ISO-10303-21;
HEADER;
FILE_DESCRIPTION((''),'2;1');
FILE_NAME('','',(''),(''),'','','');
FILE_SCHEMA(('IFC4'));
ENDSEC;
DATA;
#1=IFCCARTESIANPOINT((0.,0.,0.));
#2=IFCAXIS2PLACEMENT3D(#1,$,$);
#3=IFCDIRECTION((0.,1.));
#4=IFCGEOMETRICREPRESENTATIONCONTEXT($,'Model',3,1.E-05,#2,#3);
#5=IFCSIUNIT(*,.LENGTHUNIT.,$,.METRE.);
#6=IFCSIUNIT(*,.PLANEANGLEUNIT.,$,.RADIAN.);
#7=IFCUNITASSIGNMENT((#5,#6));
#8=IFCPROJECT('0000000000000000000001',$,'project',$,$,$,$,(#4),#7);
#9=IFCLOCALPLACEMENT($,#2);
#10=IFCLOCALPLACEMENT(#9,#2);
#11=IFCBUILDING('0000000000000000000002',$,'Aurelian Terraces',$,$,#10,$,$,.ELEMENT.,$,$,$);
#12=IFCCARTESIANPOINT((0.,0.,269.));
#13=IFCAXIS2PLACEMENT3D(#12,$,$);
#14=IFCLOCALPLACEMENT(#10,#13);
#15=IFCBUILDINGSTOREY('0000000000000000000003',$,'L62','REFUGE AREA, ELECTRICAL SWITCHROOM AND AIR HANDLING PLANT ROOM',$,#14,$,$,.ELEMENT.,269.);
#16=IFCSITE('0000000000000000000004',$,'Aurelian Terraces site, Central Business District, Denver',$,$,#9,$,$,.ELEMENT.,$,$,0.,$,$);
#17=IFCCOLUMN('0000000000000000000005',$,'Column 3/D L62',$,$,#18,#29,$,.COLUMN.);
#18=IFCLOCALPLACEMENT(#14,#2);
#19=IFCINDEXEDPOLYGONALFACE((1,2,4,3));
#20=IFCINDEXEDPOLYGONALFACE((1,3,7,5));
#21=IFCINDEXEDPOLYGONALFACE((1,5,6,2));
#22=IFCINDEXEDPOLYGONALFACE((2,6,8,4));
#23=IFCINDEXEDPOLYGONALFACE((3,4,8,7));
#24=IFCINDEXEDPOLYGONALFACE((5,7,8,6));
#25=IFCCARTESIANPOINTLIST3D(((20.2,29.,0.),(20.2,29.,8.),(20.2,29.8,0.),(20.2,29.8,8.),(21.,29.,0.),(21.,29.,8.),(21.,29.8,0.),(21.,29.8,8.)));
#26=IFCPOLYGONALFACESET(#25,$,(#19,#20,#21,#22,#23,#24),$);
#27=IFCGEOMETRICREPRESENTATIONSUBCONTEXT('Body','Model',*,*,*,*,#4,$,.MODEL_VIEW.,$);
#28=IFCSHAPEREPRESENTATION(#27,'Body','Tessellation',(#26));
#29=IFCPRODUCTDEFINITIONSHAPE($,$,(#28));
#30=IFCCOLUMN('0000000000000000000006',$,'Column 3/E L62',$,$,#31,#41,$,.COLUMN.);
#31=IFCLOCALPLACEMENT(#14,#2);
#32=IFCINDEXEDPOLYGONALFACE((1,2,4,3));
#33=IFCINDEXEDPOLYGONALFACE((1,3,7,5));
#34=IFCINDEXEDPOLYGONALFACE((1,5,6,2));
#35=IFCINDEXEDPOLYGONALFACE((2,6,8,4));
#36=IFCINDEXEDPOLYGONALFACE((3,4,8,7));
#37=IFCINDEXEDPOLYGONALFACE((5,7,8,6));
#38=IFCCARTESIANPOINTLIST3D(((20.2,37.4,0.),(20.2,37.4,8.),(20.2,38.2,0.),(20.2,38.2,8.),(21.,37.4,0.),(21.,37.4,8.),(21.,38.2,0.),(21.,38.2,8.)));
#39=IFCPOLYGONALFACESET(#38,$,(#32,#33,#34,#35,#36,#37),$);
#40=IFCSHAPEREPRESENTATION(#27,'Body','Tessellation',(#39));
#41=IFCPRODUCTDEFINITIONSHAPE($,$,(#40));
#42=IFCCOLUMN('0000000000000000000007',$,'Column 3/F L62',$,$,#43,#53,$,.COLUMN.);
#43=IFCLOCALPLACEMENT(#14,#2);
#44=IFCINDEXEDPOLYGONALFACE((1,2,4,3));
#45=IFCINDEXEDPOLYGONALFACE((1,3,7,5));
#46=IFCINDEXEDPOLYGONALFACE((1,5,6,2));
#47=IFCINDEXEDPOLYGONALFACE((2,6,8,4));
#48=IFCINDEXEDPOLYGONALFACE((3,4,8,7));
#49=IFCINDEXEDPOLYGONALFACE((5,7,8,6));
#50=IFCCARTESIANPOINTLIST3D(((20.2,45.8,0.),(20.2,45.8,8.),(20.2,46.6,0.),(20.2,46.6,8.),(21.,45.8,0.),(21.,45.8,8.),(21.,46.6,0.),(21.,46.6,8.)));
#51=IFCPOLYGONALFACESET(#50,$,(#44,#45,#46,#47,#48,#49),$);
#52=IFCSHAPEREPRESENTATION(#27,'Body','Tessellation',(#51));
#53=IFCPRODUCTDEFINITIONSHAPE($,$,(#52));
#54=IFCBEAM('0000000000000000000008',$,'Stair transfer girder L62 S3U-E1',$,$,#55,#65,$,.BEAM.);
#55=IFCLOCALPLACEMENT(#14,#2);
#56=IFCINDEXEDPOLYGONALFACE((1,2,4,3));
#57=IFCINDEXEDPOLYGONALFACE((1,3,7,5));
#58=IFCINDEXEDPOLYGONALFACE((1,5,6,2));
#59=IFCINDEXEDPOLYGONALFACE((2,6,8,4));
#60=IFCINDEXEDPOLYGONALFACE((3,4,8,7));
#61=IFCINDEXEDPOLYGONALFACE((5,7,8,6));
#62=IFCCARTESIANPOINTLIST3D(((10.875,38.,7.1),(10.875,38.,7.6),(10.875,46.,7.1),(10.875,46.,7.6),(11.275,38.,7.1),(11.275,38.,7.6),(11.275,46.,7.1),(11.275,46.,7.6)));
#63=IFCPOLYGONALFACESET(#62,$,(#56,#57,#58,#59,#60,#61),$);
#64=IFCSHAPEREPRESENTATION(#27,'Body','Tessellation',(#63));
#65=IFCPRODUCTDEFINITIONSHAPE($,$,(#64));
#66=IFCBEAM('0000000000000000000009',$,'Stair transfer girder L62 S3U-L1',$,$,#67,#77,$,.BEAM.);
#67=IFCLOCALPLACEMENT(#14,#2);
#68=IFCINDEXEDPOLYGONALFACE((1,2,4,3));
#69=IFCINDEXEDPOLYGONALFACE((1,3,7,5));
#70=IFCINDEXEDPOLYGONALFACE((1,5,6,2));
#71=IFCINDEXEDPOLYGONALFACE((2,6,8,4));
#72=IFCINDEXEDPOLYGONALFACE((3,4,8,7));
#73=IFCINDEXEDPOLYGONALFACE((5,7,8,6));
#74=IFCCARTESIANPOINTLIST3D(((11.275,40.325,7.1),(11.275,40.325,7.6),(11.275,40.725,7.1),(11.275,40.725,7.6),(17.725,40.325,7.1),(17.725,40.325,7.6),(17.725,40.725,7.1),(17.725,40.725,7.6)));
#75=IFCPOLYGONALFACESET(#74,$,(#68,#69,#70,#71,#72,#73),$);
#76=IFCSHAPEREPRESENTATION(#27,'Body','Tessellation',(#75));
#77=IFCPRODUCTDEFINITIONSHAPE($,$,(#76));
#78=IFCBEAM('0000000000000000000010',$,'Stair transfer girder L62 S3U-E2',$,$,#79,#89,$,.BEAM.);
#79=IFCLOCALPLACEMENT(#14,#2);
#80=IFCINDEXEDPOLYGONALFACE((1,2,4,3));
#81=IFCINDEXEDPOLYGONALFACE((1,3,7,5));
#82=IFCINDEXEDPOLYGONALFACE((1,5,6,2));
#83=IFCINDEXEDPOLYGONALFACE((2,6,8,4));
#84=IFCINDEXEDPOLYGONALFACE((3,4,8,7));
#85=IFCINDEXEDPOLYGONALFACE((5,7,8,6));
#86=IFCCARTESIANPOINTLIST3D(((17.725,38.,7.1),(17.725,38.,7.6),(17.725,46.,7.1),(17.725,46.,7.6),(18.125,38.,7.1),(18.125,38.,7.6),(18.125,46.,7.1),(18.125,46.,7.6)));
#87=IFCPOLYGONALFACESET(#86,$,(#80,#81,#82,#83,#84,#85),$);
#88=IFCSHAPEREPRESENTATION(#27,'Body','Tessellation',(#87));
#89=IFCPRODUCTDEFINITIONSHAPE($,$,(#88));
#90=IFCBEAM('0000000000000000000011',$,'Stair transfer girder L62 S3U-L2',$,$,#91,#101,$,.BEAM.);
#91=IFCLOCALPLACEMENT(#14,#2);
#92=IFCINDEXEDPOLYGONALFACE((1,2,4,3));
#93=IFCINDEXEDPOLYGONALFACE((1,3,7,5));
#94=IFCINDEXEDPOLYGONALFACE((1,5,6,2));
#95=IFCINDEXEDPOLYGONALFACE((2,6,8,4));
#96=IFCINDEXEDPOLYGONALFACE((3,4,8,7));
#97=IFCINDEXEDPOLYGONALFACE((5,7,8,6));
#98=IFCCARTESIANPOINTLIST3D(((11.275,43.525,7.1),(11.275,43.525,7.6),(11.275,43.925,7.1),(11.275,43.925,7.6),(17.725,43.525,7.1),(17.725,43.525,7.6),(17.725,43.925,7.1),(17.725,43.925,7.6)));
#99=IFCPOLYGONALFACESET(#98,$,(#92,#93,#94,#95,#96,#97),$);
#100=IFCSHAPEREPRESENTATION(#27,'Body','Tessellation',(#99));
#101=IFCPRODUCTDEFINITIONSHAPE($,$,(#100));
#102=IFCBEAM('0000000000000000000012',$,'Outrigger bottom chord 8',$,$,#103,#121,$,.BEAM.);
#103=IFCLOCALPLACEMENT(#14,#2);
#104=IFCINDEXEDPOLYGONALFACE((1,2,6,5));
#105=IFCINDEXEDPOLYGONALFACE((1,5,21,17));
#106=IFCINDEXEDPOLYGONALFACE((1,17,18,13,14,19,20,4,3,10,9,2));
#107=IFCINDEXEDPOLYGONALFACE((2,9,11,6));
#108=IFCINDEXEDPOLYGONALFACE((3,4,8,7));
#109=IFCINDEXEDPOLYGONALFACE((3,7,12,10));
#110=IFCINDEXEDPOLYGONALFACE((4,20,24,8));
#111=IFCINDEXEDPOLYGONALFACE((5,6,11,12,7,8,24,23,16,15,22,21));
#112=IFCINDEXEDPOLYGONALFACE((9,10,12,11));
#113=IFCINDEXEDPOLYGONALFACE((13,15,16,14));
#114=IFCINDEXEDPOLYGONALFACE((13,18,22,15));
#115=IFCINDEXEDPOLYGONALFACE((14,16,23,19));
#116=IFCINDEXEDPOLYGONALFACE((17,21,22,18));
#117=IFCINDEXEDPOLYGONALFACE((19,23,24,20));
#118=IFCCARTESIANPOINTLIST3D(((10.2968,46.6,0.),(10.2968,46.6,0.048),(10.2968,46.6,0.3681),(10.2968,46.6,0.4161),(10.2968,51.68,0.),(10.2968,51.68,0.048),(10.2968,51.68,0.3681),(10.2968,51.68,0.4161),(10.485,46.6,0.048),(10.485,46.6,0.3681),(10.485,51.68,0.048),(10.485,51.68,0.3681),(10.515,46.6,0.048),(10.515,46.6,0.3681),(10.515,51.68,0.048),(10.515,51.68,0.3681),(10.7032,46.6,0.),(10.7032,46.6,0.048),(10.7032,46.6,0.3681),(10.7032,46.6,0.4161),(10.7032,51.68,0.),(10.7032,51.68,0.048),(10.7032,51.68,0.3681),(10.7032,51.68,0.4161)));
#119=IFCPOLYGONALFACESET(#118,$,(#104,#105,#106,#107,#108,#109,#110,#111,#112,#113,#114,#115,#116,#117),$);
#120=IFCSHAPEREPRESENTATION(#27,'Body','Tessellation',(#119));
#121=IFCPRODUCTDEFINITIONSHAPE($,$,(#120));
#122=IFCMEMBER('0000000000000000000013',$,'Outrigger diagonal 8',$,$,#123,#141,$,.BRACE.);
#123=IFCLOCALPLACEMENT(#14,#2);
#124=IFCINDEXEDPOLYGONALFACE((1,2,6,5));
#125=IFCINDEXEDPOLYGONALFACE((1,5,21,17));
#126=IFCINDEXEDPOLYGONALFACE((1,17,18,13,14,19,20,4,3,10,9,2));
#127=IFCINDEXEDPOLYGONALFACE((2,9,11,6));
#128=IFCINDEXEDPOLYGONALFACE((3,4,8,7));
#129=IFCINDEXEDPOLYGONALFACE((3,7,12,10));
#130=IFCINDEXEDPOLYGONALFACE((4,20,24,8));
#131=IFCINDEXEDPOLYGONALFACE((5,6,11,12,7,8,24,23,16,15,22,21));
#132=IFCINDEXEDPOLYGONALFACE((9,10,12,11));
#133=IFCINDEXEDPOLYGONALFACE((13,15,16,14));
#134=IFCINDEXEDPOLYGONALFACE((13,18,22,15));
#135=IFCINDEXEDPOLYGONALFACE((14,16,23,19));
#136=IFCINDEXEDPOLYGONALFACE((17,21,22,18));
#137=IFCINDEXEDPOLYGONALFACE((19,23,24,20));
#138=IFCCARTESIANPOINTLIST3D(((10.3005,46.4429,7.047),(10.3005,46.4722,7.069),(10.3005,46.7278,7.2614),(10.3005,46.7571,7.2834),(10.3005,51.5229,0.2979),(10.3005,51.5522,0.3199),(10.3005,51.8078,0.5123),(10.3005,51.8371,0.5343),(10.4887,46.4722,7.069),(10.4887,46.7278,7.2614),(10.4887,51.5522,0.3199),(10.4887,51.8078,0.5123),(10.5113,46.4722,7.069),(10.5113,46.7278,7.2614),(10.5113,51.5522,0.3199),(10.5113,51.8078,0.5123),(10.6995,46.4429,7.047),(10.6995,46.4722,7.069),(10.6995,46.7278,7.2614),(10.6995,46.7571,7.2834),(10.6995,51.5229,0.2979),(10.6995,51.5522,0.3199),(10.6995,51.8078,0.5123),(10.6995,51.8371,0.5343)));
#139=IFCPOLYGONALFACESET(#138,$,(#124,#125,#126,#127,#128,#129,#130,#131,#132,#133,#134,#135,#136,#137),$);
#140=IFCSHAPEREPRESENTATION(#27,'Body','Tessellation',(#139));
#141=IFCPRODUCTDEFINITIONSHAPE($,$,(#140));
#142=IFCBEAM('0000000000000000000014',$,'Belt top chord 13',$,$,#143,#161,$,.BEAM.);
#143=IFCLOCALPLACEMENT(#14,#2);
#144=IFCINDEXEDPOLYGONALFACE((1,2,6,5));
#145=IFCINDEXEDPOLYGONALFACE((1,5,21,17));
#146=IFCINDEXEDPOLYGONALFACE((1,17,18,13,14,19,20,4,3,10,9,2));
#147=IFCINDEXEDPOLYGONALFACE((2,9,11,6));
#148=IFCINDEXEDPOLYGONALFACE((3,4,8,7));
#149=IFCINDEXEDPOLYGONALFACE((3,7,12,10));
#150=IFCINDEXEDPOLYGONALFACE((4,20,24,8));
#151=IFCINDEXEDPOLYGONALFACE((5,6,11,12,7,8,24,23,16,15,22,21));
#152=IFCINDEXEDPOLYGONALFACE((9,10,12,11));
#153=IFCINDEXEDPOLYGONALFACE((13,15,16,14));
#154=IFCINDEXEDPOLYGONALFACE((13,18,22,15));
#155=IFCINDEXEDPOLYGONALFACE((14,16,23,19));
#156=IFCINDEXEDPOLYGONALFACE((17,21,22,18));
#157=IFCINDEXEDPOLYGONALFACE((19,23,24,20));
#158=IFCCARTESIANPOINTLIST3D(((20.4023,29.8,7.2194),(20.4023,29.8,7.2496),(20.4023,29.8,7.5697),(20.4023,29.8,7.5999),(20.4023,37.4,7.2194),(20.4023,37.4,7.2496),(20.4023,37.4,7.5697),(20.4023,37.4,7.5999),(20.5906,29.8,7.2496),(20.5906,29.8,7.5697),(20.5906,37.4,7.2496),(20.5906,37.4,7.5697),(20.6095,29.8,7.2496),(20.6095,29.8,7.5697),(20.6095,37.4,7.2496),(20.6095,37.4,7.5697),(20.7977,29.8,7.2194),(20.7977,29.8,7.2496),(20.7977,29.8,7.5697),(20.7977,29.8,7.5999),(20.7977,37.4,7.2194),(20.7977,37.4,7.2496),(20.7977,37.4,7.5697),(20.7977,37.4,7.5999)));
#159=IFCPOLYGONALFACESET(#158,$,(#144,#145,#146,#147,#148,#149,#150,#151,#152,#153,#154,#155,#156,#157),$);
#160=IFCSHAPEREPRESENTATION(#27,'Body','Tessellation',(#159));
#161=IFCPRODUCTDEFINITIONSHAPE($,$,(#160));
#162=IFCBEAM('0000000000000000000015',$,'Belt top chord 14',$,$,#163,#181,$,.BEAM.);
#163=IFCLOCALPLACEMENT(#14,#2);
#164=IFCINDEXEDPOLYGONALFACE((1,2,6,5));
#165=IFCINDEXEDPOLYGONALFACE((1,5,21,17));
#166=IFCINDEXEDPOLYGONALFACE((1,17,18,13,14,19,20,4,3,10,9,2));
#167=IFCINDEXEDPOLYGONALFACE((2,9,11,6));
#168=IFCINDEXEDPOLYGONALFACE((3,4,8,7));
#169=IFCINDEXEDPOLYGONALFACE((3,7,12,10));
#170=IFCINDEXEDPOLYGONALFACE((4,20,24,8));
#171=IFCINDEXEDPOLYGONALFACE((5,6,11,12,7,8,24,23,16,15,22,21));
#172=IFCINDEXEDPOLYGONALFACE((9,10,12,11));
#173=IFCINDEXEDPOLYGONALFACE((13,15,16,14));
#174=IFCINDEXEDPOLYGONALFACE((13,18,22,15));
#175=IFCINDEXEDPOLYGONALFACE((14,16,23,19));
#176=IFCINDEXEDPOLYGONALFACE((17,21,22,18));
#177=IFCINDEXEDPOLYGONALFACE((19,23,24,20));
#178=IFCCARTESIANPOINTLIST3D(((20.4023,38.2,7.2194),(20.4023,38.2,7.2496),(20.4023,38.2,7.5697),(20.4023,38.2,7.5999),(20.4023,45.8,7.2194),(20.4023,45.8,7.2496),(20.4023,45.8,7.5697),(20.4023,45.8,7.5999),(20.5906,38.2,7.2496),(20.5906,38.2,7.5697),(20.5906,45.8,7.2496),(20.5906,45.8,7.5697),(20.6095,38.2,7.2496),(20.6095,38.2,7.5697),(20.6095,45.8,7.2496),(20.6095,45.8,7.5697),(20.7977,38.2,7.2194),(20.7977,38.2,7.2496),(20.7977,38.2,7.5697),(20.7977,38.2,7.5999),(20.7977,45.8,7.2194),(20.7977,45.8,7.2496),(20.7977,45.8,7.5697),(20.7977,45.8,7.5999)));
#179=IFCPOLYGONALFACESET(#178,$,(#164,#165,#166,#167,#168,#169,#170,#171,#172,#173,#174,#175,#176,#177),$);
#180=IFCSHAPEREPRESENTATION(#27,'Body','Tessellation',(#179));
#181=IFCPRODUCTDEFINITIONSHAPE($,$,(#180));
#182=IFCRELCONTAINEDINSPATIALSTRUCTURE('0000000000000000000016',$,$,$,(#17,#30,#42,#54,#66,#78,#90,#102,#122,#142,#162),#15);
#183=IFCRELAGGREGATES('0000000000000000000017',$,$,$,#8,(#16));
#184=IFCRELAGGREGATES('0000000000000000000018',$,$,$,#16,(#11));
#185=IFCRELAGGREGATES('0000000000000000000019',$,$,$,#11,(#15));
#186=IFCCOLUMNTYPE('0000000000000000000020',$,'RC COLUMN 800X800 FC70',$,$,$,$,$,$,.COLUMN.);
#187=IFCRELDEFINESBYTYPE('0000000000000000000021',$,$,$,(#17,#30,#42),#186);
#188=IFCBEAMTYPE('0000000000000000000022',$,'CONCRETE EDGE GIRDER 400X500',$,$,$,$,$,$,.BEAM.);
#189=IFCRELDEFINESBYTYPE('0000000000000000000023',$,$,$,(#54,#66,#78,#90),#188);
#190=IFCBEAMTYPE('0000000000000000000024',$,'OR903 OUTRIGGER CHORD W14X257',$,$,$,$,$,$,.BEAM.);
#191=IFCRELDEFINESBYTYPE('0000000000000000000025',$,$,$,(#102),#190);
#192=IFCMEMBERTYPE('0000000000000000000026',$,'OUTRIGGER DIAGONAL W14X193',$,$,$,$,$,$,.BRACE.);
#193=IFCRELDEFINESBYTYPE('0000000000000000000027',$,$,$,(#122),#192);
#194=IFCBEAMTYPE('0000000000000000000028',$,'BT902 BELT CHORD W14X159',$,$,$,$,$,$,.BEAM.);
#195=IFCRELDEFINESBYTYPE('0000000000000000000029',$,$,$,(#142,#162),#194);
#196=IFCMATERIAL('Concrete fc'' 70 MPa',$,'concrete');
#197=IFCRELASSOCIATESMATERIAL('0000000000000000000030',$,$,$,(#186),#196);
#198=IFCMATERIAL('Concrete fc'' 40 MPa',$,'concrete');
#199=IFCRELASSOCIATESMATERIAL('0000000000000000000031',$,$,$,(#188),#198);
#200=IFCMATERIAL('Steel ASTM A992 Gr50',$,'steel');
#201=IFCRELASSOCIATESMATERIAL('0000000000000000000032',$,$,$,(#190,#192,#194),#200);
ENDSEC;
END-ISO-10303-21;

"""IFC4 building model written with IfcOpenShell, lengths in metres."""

from ifc_helpers import new_model, si_unit, direction, frame, origin, origin_2d, place, context, subcontext, project, spatial, rectangle, i_section, extrude, source, transform, mapped, material, material_profile, profile_set, type_object, element, save


model = new_model("IFC4")

# Units and contexts
model_context = context("Model", 3, precision=1e-05, world=origin(), true_north=direction((0.0, 1.0)))
body_context = subcontext(model_context, "Body", "Model", "MODEL_VIEW")
ifc_project = project(units=[si_unit("LENGTHUNIT", "METRE"), si_unit("PLANEANGLEUNIT", "RADIAN")], contexts=[model_context])

# Site, building, storey
site_placement = place(None, origin())
site = spatial("IfcSite", under=ifc_project, at=site_placement, Name="Aurelian Terraces site, Central Business District, Denver", CompositionType="ELEMENT", RefElevation=0.0)
building_placement = place(site_placement, origin())
building = spatial("IfcBuilding", under=site, at=building_placement, Name="Aurelian Terraces", CompositionType="ELEMENT")
storey_placement = place(building_placement, frame((0.0, 0.0, 269.0)))
storey = spatial("IfcBuildingStorey", under=building, at=storey_placement, Name="L62", Description="REFUGE AREA, ELECTRICAL SWITCHROOM AND AIR HANDLING PLANT ROOM", CompositionType="ELEMENT", Elevation=269.0)

# Columns
ifc_material_1 = material(Name="Concrete fc' 70 MPa", Category="concrete")
ifc_material_profile_1 = material_profile(ifc_material_1, rectangle(XDim=0.8, YDim=0.8, at=origin_2d()))
ifc_profile_set_1 = profile_set([ifc_material_profile_1], Name="Concrete fc' 70 MPa")
column_type = type_object("IfcColumnType", Name="RC COLUMN 800X800 FC70", PredefinedType="COLUMN", material=ifc_profile_set_1)
shared_shape_1 = source(origin(), body_context, "Body", "SweptSolid", [
    extrude(rectangle(XDim=0.8, YDim=0.8, at=origin_2d()), origin(), (0.0, 0.0, 1.0), 8.0),
])
for number, where, z_axis, x_axis, name in (
    (1, (20.6, 29.4, 0.0), (0.0, 0.0, 1.0), (1.0, 0.0, 0.0), "Column 3/D L62"),
    (2, (20.6, 37.8, 0.0), (0.0, 0.0, 1.0), (1.0, 0.0, 0.0), "Column 3/E L62"),
    (3, (20.6, 46.2, 0.0), (0.0, 0.0, 1.0), (1.0, 0.0, 0.0), "Column 3/F L62"),
):
    element("IfcColumn", number, at=place(storey_placement, frame(where, z_axis=z_axis, x_axis=x_axis)), inside=storey, type_object=column_type, Name=name, PredefinedType="COLUMN", context=body_context, shape_type="MappedRepresentation", body=[
        mapped(shared_shape_1, transform((0.0, 0.0, 0.0), scale=1.0)),
    ])

# Beams
ifc_material_2 = material(Name="Concrete fc' 40 MPa", Category="concrete")
ifc_material_profile_2 = material_profile(ifc_material_2, rectangle(XDim=0.4, YDim=0.5, at=origin_2d()))
ifc_profile_set_2 = profile_set([ifc_material_profile_2], Name="Concrete fc' 40 MPa")
beam_type_1 = type_object("IfcBeamType", Name="CONCRETE EDGE GIRDER 400X500", PredefinedType="BEAM", material=ifc_profile_set_2)
beam_1_placement = place(storey_placement, frame((11.075, 38.0, 7.35), z_axis=(0.0, 1.0, 0.0), x_axis=(-1.0, 0.0, 0.0)))
element("IfcBeam", 4, at=beam_1_placement, inside=storey, type_object=beam_type_1, Name="Stair transfer girder L62 S3U-E1", PredefinedType="BEAM", context=body_context, shape_type="SweptSolid", body=[
    extrude(rectangle(XDim=0.4, YDim=0.5, at=origin_2d()), origin(), (0.0, 0.0, 1.0), 8.0),
])
beam_2_placement = place(storey_placement, frame((11.275, 40.525, 7.35), z_axis=(1.0, 0.0, 0.0), x_axis=(0.0, 1.0, 0.0)))
element("IfcBeam", 5, at=beam_2_placement, inside=storey, type_object=beam_type_1, Name="Stair transfer girder L62 S3U-L1", PredefinedType="BEAM", context=body_context, shape_type="SweptSolid", body=[
    extrude(rectangle(XDim=0.4, YDim=0.5, at=origin_2d()), origin(), (0.0, 0.0, 1.0), 6.45),
])
shared_shape_2 = source(origin(), body_context, "Body", "SweptSolid", [
    extrude(rectangle(XDim=0.4, YDim=0.5, at=origin_2d()), origin(), (0.0, 0.0, 1.0), 8.0),
])
beam_3_placement = place(storey_placement, frame((17.925, 38.0, 7.35), z_axis=(0.0, 1.0, 0.0), x_axis=(-1.0, 0.0, 0.0)))
element("IfcBeam", 6, at=beam_3_placement, inside=storey, type_object=beam_type_1, Name="Stair transfer girder L62 S3U-E2", PredefinedType="BEAM", context=body_context, shape_type="MappedRepresentation", body=[
    mapped(shared_shape_2, transform((0.0, 0.0, 0.0), scale=1.0)),
])
shared_shape_3 = source(origin(), body_context, "Body", "SweptSolid", [
    extrude(rectangle(XDim=0.4, YDim=0.5, at=origin_2d()), origin(), (0.0, 0.0, 1.0), 6.45),
])
beam_4_placement = place(storey_placement, frame((11.275, 43.725, 7.35), z_axis=(1.0, 0.0, 0.0), x_axis=(0.0, 1.0, 0.0)))
element("IfcBeam", 7, at=beam_4_placement, inside=storey, type_object=beam_type_1, Name="Stair transfer girder L62 S3U-L2", PredefinedType="BEAM", context=body_context, shape_type="MappedRepresentation", body=[
    mapped(shared_shape_3, transform((0.0, 0.0, 0.0), scale=1.0)),
])
ifc_material_3 = material(Name="Steel ASTM A992 Gr50", Category="steel")
ifc_material_profile_3 = material_profile(ifc_material_3, i_section(OverallWidth=0.4063, OverallDepth=0.4161, WebThickness=0.03, FlangeThickness=0.048, at=origin_2d()))
ifc_profile_set_3 = profile_set([ifc_material_profile_3], Name="Steel ASTM A992 Gr50")
beam_type_2 = type_object("IfcBeamType", Name="OR903 OUTRIGGER CHORD W14X257", PredefinedType="BEAM", material=ifc_profile_set_3)
shared_shape_4 = source(origin(), body_context, "Body", "SweptSolid", [
    extrude(i_section(OverallWidth=0.4063, OverallDepth=0.4161, WebThickness=0.03, FlangeThickness=0.048, at=origin_2d()), origin(), (0.0, 0.0, 1.0), 5.08),
])
beam_5_placement = place(storey_placement, frame((10.5, 46.6, 0.208), z_axis=(0.0, 1.0, 0.0), x_axis=(-1.0, 0.0, 0.0)))
element("IfcBeam", 8, at=beam_5_placement, inside=storey, type_object=beam_type_2, Name="Outrigger bottom chord 8", PredefinedType="BEAM", context=body_context, shape_type="MappedRepresentation", body=[
    mapped(shared_shape_4, transform((0.0, 0.0, 0.0), scale=1.0)),
])

# Member
ifc_material_profile_4 = material_profile(ifc_material_3, i_section(OverallWidth=0.399, OverallDepth=0.3932, WebThickness=0.0226, FlangeThickness=0.0366, at=origin_2d()))
ifc_profile_set_4 = profile_set([ifc_material_profile_4], Name="Steel ASTM A992 Gr50")
member_type_1 = type_object("IfcMemberType", Name="OUTRIGGER DIAGONAL W14X193", PredefinedType="BRACE", material=ifc_profile_set_4)
shared_shape_5 = source(origin(), body_context, "Body", "SweptSolid", [
    extrude(i_section(OverallWidth=0.399, OverallDepth=0.3932, WebThickness=0.0226, FlangeThickness=0.0366, at=origin_2d()), origin(), (0.0, 0.0, 1.0), 8.4473),
])
member_placement = place(storey_placement, frame((10.5, 51.68, 0.4161), z_axis=(0.0, -0.601376, 0.798966), x_axis=(1.0, 0.0, 0.0)))
element("IfcMember", 9, at=member_placement, inside=storey, type_object=member_type_1, Name="Outrigger diagonal 8", PredefinedType="BRACE", context=body_context, shape_type="MappedRepresentation", body=[
    mapped(shared_shape_5, transform((0.0, 0.0, 0.0), scale=1.0)),
])

# Beams
ifc_material_profile_5 = material_profile(ifc_material_3, i_section(OverallWidth=0.3954, OverallDepth=0.3805, WebThickness=0.0189, FlangeThickness=0.0302, at=origin_2d()))
ifc_profile_set_5 = profile_set([ifc_material_profile_5], Name="Steel ASTM A992 Gr50")
beam_type_3 = type_object("IfcBeamType", Name="BT902 BELT CHORD W14X159", PredefinedType="BEAM", material=ifc_profile_set_5)
shared_shape_6 = source(origin(), body_context, "Body", "SweptSolid", [
    extrude(i_section(OverallWidth=0.3954, OverallDepth=0.3805, WebThickness=0.0189, FlangeThickness=0.0302, at=origin_2d()), origin(), (0.0, 0.0, 1.0), 7.6),
])
for number, where, z_axis, x_axis, name in (
    (10, (20.6, 29.8, 7.4097), (0.0, 1.0, 0.0), (-1.0, 0.0, 0.0), "Belt top chord 13"),
    (11, (20.6, 38.2, 7.4097), (0.0, 1.0, 0.0), (-1.0, 0.0, 0.0), "Belt top chord 14"),
):
    element("IfcBeam", number, at=place(storey_placement, frame(where, z_axis=z_axis, x_axis=x_axis)), inside=storey, type_object=beam_type_3, Name=name, PredefinedType="BEAM", context=body_context, shape_type="MappedRepresentation", body=[
        mapped(shared_shape_6, transform((0.0, 0.0, 0.0), scale=1.0)),
    ])

save(model, "model.ifc")
